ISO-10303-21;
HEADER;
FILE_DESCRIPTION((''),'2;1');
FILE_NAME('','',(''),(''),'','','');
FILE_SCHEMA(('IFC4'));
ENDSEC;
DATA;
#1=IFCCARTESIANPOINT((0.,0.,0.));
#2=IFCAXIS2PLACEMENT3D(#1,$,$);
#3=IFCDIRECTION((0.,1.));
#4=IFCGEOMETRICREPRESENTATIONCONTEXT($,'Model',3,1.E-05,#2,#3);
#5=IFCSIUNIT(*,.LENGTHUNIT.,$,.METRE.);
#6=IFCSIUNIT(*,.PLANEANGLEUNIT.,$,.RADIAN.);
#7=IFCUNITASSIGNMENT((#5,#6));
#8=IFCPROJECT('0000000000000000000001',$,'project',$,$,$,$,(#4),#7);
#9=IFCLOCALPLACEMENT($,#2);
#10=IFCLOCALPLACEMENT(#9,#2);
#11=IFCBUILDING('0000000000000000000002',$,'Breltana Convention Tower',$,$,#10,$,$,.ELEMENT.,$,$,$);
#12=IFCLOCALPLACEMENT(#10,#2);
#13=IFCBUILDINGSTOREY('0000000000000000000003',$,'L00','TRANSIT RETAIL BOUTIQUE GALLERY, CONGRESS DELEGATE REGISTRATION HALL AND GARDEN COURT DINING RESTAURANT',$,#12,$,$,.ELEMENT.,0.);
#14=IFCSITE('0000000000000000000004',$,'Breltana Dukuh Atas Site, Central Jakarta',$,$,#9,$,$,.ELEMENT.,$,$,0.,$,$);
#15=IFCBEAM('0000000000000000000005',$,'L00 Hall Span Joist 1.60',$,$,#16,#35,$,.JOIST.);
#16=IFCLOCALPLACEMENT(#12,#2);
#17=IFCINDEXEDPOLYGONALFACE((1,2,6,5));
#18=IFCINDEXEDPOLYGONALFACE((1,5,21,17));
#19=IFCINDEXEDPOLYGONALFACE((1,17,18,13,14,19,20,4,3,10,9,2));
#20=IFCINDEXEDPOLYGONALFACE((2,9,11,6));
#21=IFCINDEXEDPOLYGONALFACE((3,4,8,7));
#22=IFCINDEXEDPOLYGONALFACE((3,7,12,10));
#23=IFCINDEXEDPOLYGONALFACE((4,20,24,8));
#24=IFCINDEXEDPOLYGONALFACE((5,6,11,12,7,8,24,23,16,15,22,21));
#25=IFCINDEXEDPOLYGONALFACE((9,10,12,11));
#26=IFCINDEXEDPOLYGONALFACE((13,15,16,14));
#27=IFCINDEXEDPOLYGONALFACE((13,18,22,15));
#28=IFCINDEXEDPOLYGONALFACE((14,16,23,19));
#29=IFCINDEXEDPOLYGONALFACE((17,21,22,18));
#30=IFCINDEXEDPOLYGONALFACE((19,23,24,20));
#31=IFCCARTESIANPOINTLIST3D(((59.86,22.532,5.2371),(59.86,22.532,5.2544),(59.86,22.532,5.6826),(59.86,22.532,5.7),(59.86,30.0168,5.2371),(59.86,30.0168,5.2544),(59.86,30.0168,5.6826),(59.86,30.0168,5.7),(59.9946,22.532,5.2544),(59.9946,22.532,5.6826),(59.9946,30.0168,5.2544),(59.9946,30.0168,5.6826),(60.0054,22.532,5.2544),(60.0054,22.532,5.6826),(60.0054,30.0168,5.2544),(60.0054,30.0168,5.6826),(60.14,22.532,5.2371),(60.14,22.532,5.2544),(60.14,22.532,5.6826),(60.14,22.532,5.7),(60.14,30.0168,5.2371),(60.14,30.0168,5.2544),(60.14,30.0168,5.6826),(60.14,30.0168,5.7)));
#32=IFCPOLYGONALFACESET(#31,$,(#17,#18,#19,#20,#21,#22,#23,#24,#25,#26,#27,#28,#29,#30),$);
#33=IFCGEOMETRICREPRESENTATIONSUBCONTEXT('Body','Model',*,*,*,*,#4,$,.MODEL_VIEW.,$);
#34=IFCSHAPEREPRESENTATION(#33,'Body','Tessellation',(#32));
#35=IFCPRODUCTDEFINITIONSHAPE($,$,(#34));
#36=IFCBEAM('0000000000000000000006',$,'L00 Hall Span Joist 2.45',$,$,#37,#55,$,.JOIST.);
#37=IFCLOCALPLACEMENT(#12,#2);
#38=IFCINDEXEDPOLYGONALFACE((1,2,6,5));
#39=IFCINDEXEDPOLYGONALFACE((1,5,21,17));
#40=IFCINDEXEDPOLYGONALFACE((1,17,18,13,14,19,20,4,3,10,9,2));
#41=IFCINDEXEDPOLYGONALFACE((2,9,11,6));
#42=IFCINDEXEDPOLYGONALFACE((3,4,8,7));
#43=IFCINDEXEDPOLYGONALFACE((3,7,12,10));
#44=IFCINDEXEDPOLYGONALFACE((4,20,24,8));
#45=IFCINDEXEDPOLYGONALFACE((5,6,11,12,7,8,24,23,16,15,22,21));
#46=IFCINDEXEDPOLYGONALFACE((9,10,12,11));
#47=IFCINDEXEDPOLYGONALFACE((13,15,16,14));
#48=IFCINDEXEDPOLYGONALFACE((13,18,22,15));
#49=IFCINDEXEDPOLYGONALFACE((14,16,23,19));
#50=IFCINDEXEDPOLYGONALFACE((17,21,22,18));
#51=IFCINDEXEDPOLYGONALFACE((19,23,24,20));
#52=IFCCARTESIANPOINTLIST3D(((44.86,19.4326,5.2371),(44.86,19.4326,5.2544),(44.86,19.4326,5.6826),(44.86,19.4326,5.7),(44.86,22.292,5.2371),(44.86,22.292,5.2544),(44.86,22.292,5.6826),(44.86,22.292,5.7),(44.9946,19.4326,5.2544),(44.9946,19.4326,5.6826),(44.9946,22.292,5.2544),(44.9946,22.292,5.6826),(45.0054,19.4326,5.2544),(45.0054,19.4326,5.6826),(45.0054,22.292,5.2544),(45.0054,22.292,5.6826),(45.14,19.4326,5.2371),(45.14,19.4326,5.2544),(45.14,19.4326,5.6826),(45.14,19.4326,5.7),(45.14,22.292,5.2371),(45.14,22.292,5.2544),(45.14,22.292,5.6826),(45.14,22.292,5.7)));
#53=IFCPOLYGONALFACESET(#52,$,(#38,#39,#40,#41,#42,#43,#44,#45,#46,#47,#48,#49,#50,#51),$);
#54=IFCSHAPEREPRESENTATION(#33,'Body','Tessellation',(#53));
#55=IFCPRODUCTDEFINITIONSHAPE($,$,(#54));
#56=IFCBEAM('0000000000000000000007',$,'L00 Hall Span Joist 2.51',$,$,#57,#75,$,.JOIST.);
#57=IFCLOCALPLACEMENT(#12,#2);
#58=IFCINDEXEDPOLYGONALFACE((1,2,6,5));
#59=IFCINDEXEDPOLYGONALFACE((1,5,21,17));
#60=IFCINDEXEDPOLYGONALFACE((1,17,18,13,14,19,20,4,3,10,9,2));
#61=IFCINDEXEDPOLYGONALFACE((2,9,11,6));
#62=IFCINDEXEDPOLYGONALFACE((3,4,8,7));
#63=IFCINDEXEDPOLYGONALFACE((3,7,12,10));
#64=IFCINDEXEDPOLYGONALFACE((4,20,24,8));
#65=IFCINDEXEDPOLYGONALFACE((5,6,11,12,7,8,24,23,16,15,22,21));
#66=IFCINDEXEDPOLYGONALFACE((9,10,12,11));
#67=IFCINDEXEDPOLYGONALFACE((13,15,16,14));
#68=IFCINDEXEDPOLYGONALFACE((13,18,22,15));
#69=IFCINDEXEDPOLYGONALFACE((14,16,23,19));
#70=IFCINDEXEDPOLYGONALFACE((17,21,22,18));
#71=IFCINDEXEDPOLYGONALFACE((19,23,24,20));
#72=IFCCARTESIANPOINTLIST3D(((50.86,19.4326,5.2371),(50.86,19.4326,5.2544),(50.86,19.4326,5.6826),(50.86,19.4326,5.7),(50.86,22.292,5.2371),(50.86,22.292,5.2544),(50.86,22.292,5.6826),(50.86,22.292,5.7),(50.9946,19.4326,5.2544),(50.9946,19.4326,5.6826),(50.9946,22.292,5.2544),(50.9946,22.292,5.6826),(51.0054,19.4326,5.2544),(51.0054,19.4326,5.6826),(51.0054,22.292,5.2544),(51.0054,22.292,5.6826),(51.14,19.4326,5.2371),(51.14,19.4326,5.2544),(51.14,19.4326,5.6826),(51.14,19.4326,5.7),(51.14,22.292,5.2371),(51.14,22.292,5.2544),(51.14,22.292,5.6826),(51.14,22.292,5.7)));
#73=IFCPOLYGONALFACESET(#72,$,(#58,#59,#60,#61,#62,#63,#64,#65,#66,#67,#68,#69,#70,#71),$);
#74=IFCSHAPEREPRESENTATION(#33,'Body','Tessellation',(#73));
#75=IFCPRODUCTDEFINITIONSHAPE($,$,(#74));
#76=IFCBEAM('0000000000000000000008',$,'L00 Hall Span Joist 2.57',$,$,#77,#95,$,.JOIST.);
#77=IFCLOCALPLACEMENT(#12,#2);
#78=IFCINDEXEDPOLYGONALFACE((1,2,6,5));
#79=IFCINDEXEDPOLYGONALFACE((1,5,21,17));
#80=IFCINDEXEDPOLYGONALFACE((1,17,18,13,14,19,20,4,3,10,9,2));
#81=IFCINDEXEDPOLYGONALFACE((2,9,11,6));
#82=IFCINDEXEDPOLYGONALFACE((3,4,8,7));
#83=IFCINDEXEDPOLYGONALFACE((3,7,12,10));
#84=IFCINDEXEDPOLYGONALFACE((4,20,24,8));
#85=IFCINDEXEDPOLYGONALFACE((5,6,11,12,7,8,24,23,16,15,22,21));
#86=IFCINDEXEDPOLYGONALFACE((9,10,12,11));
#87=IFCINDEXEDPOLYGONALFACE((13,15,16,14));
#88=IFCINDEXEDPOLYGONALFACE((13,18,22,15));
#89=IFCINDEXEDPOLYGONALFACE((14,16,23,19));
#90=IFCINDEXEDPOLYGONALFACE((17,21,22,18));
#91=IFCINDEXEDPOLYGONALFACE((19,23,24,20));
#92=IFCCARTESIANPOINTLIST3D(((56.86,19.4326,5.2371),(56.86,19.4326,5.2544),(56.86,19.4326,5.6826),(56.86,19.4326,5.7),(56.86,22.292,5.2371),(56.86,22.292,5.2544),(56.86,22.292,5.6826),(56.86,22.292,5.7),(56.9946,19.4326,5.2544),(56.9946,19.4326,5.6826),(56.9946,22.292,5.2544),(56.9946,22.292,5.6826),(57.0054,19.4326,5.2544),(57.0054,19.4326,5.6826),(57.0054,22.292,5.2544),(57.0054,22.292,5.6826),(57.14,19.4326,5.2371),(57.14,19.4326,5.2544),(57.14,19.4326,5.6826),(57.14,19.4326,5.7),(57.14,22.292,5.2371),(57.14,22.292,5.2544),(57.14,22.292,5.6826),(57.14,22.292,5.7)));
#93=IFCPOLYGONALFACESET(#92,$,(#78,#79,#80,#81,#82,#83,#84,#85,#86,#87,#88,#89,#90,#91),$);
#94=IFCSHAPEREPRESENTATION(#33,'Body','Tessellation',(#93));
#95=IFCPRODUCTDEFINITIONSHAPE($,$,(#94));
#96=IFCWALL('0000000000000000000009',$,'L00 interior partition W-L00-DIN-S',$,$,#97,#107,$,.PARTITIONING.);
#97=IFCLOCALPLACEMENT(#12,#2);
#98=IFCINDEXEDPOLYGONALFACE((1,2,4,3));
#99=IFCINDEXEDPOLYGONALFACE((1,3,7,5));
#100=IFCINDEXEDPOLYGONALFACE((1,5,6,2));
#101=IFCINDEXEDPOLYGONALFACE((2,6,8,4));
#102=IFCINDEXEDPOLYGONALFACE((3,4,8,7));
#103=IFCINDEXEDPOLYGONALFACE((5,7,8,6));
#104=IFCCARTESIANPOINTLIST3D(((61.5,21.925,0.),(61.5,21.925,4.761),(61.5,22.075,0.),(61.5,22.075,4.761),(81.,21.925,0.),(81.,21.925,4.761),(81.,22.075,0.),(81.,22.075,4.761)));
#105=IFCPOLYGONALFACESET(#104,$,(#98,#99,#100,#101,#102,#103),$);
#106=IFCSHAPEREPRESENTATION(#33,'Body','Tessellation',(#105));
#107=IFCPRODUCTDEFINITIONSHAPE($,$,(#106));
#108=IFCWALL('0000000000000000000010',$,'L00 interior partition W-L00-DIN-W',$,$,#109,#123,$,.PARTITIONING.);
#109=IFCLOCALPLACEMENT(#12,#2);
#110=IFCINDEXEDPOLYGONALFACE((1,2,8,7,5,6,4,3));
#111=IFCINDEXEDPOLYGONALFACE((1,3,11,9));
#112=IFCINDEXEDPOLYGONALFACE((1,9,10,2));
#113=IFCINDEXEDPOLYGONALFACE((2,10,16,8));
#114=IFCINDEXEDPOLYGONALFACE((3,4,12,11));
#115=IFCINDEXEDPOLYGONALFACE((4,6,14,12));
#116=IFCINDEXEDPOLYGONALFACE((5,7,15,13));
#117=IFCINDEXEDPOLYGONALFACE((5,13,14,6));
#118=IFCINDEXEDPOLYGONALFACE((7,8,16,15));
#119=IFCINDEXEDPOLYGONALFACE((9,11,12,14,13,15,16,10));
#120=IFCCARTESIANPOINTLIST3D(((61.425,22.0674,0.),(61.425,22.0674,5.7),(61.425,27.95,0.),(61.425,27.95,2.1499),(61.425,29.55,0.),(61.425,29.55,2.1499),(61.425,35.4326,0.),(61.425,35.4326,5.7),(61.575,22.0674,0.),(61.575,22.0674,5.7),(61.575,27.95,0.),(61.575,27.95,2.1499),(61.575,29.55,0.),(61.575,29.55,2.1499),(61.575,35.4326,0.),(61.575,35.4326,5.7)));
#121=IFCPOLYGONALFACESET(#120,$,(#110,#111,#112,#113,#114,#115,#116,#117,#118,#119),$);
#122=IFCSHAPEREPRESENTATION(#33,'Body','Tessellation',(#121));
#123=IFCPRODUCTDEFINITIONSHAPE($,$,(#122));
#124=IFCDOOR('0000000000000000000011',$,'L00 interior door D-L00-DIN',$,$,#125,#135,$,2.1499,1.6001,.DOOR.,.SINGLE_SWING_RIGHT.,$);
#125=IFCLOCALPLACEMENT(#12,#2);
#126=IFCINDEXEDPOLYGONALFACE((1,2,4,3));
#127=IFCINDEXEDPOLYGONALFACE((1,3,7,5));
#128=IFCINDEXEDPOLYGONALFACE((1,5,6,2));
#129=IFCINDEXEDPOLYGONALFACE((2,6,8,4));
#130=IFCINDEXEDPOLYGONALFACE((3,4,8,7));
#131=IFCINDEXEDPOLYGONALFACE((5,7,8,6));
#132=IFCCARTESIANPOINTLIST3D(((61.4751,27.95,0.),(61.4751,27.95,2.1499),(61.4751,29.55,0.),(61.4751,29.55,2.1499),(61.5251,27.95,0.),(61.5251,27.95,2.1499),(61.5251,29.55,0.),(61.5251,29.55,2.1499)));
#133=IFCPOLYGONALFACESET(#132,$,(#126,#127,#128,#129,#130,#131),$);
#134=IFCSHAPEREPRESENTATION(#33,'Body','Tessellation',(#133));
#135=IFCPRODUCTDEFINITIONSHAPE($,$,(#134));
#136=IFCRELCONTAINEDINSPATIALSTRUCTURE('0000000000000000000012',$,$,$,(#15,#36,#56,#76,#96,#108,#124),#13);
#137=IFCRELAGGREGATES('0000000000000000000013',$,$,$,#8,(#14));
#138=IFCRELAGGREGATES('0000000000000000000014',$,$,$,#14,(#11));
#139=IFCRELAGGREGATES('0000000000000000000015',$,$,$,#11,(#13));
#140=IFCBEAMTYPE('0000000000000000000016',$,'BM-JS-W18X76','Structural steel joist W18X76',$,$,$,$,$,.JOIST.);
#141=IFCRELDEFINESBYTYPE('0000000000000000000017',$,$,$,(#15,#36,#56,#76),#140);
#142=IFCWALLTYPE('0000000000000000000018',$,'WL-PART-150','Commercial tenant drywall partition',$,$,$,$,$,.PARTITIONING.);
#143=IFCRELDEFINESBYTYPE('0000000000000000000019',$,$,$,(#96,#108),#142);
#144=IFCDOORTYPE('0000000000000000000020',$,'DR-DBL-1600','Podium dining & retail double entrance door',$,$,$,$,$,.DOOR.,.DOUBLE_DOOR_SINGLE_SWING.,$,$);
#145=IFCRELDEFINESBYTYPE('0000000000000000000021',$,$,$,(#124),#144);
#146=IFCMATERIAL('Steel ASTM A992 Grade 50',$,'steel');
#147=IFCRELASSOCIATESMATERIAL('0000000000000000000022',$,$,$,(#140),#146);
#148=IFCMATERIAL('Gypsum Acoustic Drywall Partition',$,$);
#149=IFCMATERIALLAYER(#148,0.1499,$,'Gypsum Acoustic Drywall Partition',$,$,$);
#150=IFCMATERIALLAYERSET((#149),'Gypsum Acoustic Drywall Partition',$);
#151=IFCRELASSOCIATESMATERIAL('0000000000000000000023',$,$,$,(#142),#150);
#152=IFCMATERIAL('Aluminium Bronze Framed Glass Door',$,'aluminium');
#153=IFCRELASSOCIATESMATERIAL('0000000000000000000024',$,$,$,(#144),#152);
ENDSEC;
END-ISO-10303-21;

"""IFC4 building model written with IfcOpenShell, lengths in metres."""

from ifc_helpers import new_model, si_unit, direction, frame, frame_2d, origin, origin_2d, place, context, subcontext, project, spatial, rectangle, i_section, extrude, source, transform, mapped, material, layer, layer_set, material_profile, profile_set, type_object, type_shapes, element, fill, save


model = new_model("IFC4")

# Units and contexts
model_context = context("Model", 3, precision=1e-05, world=origin(), true_north=direction((0.0, 1.0)))
body_context = subcontext(model_context, "Body", "Model", "MODEL_VIEW")
ifc_project = project(units=[si_unit("LENGTHUNIT", "METRE"), si_unit("PLANEANGLEUNIT", "RADIAN")], contexts=[model_context])

# Site, building, storey
site_placement = place(None, origin())
site = spatial("IfcSite", under=ifc_project, at=site_placement, Name="Breltana Dukuh Atas Site, Central Jakarta", CompositionType="ELEMENT", RefElevation=0.0)
building_placement = place(site_placement, origin())
building = spatial("IfcBuilding", under=site, at=building_placement, Name="Breltana Convention Tower", CompositionType="ELEMENT")
storey_placement = place(building_placement, origin())
storey = spatial("IfcBuildingStorey", under=building, at=storey_placement, Name="L00", Description="TRANSIT RETAIL BOUTIQUE GALLERY, CONGRESS DELEGATE REGISTRATION HALL AND GARDEN COURT DINING RESTAURANT", CompositionType="ELEMENT", Elevation=0.0)

# Beams
ifc_material_1 = material(Name="Steel ASTM A992 Grade 50", Category="steel")
ifc_material_profile_1 = material_profile(ifc_material_1, i_section(OverallWidth=0.28, OverallDepth=0.4629, WebThickness=0.0107, FlangeThickness=0.0173, at=origin_2d()), Name="W18X76")
ifc_profile_set_1 = profile_set([ifc_material_profile_1], Name="Steel ASTM A992 Grade 50")
beam_type_1 = type_object("IfcBeamType", Name="BM-JS-W18X76", Description="Structural steel joist W18X76", PredefinedType="JOIST", material=ifc_profile_set_1)
shared_shape_1 = source(origin(), body_context, "Body", "SweptSolid", [
    extrude(i_section(OverallWidth=0.28, OverallDepth=0.4629, WebThickness=0.0107, FlangeThickness=0.0173, at=origin_2d()), origin(), (0.0, 0.0, 1.0), 7.4849),
])
type_shapes(beam_type_1, [shared_shape_1])
for number, where, z_axis, x_axis, name in (
    (1, (60.0, 22.532, 5.4685), (0.0, 1.0, 0.0), (-1.0, 0.0, 0.0), "L00 Hall Span Joist 1.60"),
):
    element("IfcBeam", number, at=place(storey_placement, frame(where, z_axis=z_axis, x_axis=x_axis)), inside=storey, type_object=beam_type_1, Name=name, PredefinedType="JOIST", context=body_context, shape_type="MappedRepresentation", body=[
        mapped(shared_shape_1, transform((0.0, 0.0, 0.0), scale=1.0)),
    ])
shared_shape_2 = source(origin(), body_context, "Body", "SweptSolid", [
    extrude(i_section(OverallWidth=0.28, OverallDepth=0.4629, WebThickness=0.0107, FlangeThickness=0.0173, at=origin_2d()), origin(), (0.0, 0.0, 1.0), 2.8594),
])
for number, where, z_axis, x_axis, name in (
    (2, (45.0, 19.4326, 5.4685), (0.0, 1.0, 0.0), (-1.0, 0.0, 0.0), "L00 Hall Span Joist 2.45"),
    (3, (51.0, 19.4326, 5.4685), (0.0, 1.0, 0.0), (-1.0, 0.0, 0.0), "L00 Hall Span Joist 2.51"),
    (4, (57.0, 19.4326, 5.4685), (0.0, 1.0, 0.0), (-1.0, 0.0, 0.0), "L00 Hall Span Joist 2.57"),
):
    element("IfcBeam", number, at=place(storey_placement, frame(where, z_axis=z_axis, x_axis=x_axis)), inside=storey, type_object=beam_type_1, Name=name, PredefinedType="JOIST", context=body_context, shape_type="MappedRepresentation", body=[
        mapped(shared_shape_2, transform((0.0, 0.0, 0.0), scale=1.0)),
    ])

# Wall
ifc_material_2 = material(Name="Gypsum Acoustic Drywall Partition")
ifc_layer_1 = layer(ifc_material_2, 0.1499, Name="Gypsum Acoustic Drywall Partition")
ifc_layer_set_1 = layer_set([ifc_layer_1], Name="Gypsum Acoustic Drywall Partition")
wall_type_1 = type_object("IfcWallType", Name="WL-PART-150", Description="Commercial tenant drywall partition", PredefinedType="PARTITIONING", material=ifc_layer_set_1)
shared_shape_3 = source(origin(), body_context, "Body", "SweptSolid", [
    extrude(rectangle(XDim=19.5, YDim=0.1499, at=frame_2d((9.75, 0.0))), origin(), (0.0, 0.0, 1.0), 4.761),
])
type_shapes(wall_type_1, [shared_shape_3])
wall_1_placement = place(storey_placement, frame((61.5, 22.0, 0.0), z_axis=(0.0, 0.0, 1.0), x_axis=(1.0, 0.0, 0.0)))
element("IfcWall", 5, at=wall_1_placement, inside=storey, type_object=wall_type_1, Name="L00 interior partition W-L00-DIN-S", PredefinedType="PARTITIONING", context=body_context, shape_type="MappedRepresentation", body=[
    mapped(shared_shape_3, transform((0.0, 0.0, 0.0), scale=1.0)),
])

# Wall, opening, door
shared_shape_4 = source(origin(), body_context, "Body", "SweptSolid", [
    extrude(rectangle(XDim=13.3652, YDim=0.1499, at=frame_2d((6.6826, 0.0))), origin(), (0.0, 0.0, 1.0), 5.7),
])
wall_2_placement = place(storey_placement, frame((61.5, 22.0674, 0.0), z_axis=(0.0, 0.0, 1.0), x_axis=(0.0, 1.0, 0.0)))
wall_2 = element("IfcWall", 6, at=wall_2_placement, inside=storey, type_object=wall_type_1, Name="L00 interior partition W-L00-DIN-W", PredefinedType="PARTITIONING", context=body_context, shape_type="MappedRepresentation", body=[
    mapped(shared_shape_4, transform((0.0, 0.0, 0.0), scale=1.0)),
])
opening_1_placement = place(wall_2_placement, frame((5.8826, 0.0, 0.0)))
opening_1 = element("IfcOpeningElement", 7, at=opening_1_placement, cuts=wall_2, PredefinedType="OPENING", context=body_context, shape_type="SweptSolid", body=[
    extrude(rectangle(XDim=1.6001, YDim=2.1499, at=frame_2d((0.8, 1.075))), frame((0.0, 0.085, 0.0), z_axis=(0.0, -1.0, 0.0), x_axis=(1.0, 0.0, 0.0)), (0.0, 0.0, 1.0), 0.1699),
])
ifc_material_3 = material(Name="Aluminium Bronze Framed Glass Door", Category="aluminium")
door_type_1 = type_object("IfcDoorType", Name="DR-DBL-1600", Description="Podium dining & retail double entrance door", OperationType="DOUBLE_DOOR_SINGLE_SWING", PredefinedType="DOOR", material=ifc_material_3)
shared_shape_5 = source(origin(), body_context, "Body", "SweptSolid", [
    extrude(rectangle(XDim=1.6001, YDim=2.1499, at=frame_2d((0.8, 1.075))), frame((0.0, 0.0249, 0.0), z_axis=(0.0, -1.0, 0.0), x_axis=(1.0, 0.0, 0.0)), (0.0, 0.0, 1.0), 0.05),
])
type_shapes(door_type_1, [shared_shape_5])
door_1_placement = place(opening_1_placement, origin())
door_1 = element("IfcDoor", 8, at=door_1_placement, inside=storey, type_object=door_type_1, Name="L00 interior door D-L00-DIN", OperationType="SINGLE_SWING_RIGHT", OverallHeight=2.1499, OverallWidth=1.6001, PredefinedType="DOOR", context=body_context, shape_type="MappedRepresentation", body=[
    mapped(shared_shape_5, transform((0.0, 0.0, 0.0), scale=1.0)),
])
fill(opening_1, door_1)

save(model, "model.ifc")
